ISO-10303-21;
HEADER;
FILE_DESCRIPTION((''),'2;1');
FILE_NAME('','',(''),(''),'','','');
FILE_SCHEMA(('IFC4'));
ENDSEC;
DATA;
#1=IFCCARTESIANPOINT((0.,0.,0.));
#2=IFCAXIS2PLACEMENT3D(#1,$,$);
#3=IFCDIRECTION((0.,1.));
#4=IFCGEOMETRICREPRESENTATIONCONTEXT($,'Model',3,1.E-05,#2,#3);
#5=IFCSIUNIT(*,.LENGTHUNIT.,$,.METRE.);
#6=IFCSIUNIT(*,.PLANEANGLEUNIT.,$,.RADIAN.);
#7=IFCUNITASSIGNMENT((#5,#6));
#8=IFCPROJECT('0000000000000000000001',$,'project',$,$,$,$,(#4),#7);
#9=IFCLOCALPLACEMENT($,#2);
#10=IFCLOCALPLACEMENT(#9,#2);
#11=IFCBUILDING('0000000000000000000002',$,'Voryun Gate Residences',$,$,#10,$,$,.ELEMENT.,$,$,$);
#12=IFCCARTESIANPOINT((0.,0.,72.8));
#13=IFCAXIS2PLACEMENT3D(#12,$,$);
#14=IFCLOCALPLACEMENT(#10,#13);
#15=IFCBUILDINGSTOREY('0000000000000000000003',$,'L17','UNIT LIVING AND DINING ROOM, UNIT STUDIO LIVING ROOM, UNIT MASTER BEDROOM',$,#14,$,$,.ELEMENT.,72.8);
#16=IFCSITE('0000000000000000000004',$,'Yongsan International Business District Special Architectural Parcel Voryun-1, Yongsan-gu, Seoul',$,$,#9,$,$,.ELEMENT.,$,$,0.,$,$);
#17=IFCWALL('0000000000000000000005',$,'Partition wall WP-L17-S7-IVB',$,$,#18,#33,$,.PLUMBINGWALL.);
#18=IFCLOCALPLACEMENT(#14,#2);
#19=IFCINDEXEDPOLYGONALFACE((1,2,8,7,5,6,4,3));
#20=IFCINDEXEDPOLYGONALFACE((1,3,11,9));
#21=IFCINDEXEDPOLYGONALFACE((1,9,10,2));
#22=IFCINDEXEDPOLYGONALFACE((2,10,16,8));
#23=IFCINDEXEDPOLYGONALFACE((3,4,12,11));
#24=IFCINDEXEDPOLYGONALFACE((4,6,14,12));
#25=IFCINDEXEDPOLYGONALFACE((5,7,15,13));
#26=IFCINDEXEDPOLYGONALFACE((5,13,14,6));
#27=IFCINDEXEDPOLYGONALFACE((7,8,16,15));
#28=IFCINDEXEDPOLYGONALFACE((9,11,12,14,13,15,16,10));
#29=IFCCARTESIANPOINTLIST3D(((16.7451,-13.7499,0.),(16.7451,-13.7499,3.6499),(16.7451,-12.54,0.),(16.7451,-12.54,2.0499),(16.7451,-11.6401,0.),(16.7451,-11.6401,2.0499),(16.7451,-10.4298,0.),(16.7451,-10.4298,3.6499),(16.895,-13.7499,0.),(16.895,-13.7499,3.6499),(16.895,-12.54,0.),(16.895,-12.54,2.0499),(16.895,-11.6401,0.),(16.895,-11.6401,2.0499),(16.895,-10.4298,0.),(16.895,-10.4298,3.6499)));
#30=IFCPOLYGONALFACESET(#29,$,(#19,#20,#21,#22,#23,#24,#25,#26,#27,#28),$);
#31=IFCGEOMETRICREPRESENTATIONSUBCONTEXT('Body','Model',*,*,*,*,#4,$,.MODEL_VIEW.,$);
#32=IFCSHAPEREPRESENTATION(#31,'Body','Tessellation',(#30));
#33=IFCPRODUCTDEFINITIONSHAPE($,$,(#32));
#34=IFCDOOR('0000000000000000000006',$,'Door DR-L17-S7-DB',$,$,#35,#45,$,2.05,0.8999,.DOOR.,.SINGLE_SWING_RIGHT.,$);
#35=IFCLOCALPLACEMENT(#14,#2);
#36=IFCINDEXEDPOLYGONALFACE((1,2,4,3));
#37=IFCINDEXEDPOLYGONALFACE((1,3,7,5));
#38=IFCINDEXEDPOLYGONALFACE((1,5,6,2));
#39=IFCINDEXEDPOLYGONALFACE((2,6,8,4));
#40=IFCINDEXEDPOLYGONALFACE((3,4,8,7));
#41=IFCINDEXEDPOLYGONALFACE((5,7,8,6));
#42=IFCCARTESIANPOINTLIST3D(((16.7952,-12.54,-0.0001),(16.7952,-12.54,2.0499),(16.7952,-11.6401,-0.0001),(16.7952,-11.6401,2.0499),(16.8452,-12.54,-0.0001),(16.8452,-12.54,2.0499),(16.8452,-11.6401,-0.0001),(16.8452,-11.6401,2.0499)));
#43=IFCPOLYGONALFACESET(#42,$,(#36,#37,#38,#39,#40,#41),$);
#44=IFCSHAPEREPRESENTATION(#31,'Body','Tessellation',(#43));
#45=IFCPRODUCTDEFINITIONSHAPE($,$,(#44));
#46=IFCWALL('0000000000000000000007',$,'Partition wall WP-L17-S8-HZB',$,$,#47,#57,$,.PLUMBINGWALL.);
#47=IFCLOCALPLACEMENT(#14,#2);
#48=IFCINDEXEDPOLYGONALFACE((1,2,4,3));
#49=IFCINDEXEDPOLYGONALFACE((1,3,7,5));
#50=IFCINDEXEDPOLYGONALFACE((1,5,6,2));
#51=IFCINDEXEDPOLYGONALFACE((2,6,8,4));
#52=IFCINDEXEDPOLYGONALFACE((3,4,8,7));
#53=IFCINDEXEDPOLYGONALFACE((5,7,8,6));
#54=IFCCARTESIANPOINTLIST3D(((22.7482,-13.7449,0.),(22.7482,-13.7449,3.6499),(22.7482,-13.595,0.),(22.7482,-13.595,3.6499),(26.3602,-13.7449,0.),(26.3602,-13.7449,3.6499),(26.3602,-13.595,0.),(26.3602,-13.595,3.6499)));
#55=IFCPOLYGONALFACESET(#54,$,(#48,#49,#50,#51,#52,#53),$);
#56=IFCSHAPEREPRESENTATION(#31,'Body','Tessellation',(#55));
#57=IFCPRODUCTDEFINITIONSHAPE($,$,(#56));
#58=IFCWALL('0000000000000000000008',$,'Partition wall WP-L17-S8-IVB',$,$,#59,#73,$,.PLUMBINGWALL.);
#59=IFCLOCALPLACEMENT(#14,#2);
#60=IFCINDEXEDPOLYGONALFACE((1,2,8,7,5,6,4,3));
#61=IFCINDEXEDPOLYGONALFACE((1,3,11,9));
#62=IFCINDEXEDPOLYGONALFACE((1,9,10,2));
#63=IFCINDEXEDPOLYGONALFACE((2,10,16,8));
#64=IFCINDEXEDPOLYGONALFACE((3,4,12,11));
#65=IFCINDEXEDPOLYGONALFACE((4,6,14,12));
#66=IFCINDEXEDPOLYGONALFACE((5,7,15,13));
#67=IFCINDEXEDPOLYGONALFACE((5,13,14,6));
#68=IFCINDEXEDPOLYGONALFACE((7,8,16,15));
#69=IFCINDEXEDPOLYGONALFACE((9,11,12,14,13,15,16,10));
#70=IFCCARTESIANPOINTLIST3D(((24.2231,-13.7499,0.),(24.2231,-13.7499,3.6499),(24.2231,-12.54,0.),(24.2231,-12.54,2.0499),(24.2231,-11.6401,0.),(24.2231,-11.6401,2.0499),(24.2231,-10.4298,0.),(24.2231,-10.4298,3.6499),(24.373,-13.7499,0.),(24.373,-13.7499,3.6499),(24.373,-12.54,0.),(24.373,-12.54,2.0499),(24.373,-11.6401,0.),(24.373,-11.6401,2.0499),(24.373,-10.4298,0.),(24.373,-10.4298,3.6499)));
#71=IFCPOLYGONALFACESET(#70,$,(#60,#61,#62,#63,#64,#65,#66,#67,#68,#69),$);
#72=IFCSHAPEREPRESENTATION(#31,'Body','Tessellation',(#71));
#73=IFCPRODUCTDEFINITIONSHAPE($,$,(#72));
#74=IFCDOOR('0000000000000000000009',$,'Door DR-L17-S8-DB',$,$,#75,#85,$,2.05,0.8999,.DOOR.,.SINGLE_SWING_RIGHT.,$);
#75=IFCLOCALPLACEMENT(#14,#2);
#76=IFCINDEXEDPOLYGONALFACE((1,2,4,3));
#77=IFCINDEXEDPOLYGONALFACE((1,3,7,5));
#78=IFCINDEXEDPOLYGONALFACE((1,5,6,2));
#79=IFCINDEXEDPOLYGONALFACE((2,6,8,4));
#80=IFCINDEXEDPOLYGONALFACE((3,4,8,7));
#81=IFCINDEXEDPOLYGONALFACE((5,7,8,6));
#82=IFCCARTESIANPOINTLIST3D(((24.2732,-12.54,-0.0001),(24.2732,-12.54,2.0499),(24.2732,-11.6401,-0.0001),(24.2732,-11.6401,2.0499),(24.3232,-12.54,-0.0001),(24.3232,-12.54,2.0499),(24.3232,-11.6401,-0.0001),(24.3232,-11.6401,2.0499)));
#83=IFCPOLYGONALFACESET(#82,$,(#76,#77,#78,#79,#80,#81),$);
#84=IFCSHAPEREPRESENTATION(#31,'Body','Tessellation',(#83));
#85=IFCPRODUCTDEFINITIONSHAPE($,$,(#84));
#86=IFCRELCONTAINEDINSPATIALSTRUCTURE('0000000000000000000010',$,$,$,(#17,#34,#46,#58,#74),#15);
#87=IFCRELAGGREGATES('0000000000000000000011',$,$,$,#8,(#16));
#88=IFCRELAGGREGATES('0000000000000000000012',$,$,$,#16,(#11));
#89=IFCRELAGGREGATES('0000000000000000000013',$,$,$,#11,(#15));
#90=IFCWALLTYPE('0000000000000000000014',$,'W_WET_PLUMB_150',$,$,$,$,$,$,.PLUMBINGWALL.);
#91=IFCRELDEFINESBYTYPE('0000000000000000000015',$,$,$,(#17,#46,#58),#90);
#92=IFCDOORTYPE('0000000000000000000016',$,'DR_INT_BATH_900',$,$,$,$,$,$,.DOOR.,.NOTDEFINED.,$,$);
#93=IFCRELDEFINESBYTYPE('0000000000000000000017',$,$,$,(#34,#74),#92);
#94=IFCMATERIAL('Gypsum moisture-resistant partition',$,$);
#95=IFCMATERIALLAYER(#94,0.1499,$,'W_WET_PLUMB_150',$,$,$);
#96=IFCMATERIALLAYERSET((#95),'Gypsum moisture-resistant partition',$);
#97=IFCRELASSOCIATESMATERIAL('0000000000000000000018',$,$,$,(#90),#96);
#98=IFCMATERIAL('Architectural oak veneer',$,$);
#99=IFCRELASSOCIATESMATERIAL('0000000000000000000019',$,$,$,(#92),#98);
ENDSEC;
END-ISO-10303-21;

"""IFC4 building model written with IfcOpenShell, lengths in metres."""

from ifc_helpers import new_model, si_unit, direction, frame, frame_2d, origin, place, context, subcontext, project, spatial, rectangle, extrude, material, layer, layer_set, type_object, element, fill, save


model = new_model("IFC4")

# Units and contexts
model_context = context("Model", 3, precision=1e-05, world=origin(), true_north=direction((0.0, 1.0)))
body_context = subcontext(model_context, "Body", "Model", "MODEL_VIEW")
ifc_project = project(units=[si_unit("LENGTHUNIT", "METRE"), si_unit("PLANEANGLEUNIT", "RADIAN")], contexts=[model_context])

# Site, building, storey
site_placement = place(None, origin())
site = spatial("IfcSite", under=ifc_project, at=site_placement, Name="Yongsan International Business District Special Architectural Parcel Voryun-1, Yongsan-gu, Seoul", CompositionType="ELEMENT", RefElevation=0.0)
building_placement = place(site_placement, origin())
building = spatial("IfcBuilding", under=site, at=building_placement, Name="Voryun Gate Residences", CompositionType="ELEMENT")
storey_placement = place(building_placement, frame((0.0, 0.0, 72.8)))
storey = spatial("IfcBuildingStorey", under=building, at=storey_placement, Name="L17", Description="UNIT LIVING AND DINING ROOM, UNIT STUDIO LIVING ROOM, UNIT MASTER BEDROOM", CompositionType="ELEMENT", Elevation=72.8)

# Wall, opening, door
ifc_material_1 = material(Name="Gypsum moisture-resistant partition")
ifc_layer_1 = layer(ifc_material_1, 0.1499, Name="W_WET_PLUMB_150")
ifc_layer_set_1 = layer_set([ifc_layer_1], Name="Gypsum moisture-resistant partition")
wall_type_1 = type_object("IfcWallType", Name="W_WET_PLUMB_150", PredefinedType="PLUMBINGWALL", material=ifc_layer_set_1)
wall_1_placement = place(storey_placement, frame((16.8201, -13.75, 0.0), z_axis=(0.0, 0.0, 1.0), x_axis=(0.0, 1.0, 0.0)))
wall_1 = element("IfcWall", 1, at=wall_1_placement, inside=storey, type_object=wall_type_1, Name="Partition wall WP-L17-S7-IVB", PredefinedType="PLUMBINGWALL", context=body_context, shape_type="SweptSolid", body=[
    extrude(rectangle(XDim=3.3201, YDim=0.1499, at=frame_2d((1.6602, 0.0))), origin(), (0.0, 0.0, 1.0), 3.6499),
])
opening_1_placement = place(wall_1_placement, frame((1.21, 0.0, 0.0)))
opening_1 = element("IfcOpeningElement", 2, at=opening_1_placement, cuts=wall_1, PredefinedType="OPENING", context=body_context, shape_type="SweptSolid", body=[
    extrude(rectangle(XDim=0.8999, YDim=2.05, at=frame_2d((0.45, 1.0249))), frame((0.0, 0.085, 0.0), z_axis=(0.0, -1.0, 0.0), x_axis=(1.0, 0.0, 0.0)), (0.0, 0.0, 1.0), 0.1699),
])
ifc_material_2 = material(Name="Architectural oak veneer")
door_type_1 = type_object("IfcDoorType", Name="DR_INT_BATH_900", OperationType="NOTDEFINED", PredefinedType="DOOR", material=ifc_material_2)
door_1_placement = place(opening_1_placement, origin())
door_1 = element("IfcDoor", 3, at=door_1_placement, inside=storey, type_object=door_type_1, Name="Door DR-L17-S7-DB", OperationType="SINGLE_SWING_RIGHT", OverallHeight=2.05, OverallWidth=0.8999, PredefinedType="DOOR", context=body_context, shape_type="SweptSolid", body=[
    extrude(rectangle(XDim=0.8999, YDim=2.05, at=frame_2d((0.45, 1.0249))), frame((0.0, 0.0249, 0.0), z_axis=(0.0, -1.0, 0.0), x_axis=(1.0, 0.0, 0.0)), (0.0, 0.0, 1.0), 0.05),
])
fill(opening_1, door_1)

# Wall
wall_2_placement = place(storey_placement, frame((22.748, -13.6699, 0.0), z_axis=(0.0, 0.0, 1.0), x_axis=(1.0, 0.0, 0.0)))
element("IfcWall", 4, at=wall_2_placement, inside=storey, type_object=wall_type_1, Name="Partition wall WP-L17-S8-HZB", PredefinedType="PLUMBINGWALL", context=body_context, shape_type="SweptSolid", body=[
    extrude(rectangle(XDim=3.6121, YDim=0.1499, at=frame_2d((1.8062, 0.0))), origin(), (0.0, 0.0, 1.0), 3.6499),
])

# Wall, opening, door
wall_3_placement = place(storey_placement, frame((24.2981, -13.75, 0.0), z_axis=(0.0, 0.0, 1.0), x_axis=(0.0, 1.0, 0.0)))
wall_3 = element("IfcWall", 5, at=wall_3_placement, inside=storey, type_object=wall_type_1, Name="Partition wall WP-L17-S8-IVB", PredefinedType="PLUMBINGWALL", context=body_context, shape_type="SweptSolid", body=[
    extrude(rectangle(XDim=3.3201, YDim=0.1499, at=frame_2d((1.6602, 0.0))), origin(), (0.0, 0.0, 1.0), 3.6499),
])
opening_2_placement = place(wall_3_placement, frame((1.21, 0.0, 0.0)))
opening_2 = element("IfcOpeningElement", 6, at=opening_2_placement, cuts=wall_3, PredefinedType="OPENING", context=body_context, shape_type="SweptSolid", body=[
    extrude(rectangle(XDim=0.8999, YDim=2.05, at=frame_2d((0.45, 1.0249))), frame((0.0, 0.085, 0.0), z_axis=(0.0, -1.0, 0.0), x_axis=(1.0, 0.0, 0.0)), (0.0, 0.0, 1.0), 0.1699),
])
door_2_placement = place(opening_2_placement, origin())
door_2 = element("IfcDoor", 7, at=door_2_placement, inside=storey, type_object=door_type_1, Name="Door DR-L17-S8-DB", OperationType="SINGLE_SWING_RIGHT", OverallHeight=2.05, OverallWidth=0.8999, PredefinedType="DOOR", context=body_context, shape_type="SweptSolid", body=[
    extrude(rectangle(XDim=0.8999, YDim=2.05, at=frame_2d((0.45, 1.0249))), frame((0.0, 0.0249, 0.0), z_axis=(0.0, -1.0, 0.0), x_axis=(1.0, 0.0, 0.0)), (0.0, 0.0, 1.0), 0.05),
])
fill(opening_2, door_2)

save(model, "model.ifc")
